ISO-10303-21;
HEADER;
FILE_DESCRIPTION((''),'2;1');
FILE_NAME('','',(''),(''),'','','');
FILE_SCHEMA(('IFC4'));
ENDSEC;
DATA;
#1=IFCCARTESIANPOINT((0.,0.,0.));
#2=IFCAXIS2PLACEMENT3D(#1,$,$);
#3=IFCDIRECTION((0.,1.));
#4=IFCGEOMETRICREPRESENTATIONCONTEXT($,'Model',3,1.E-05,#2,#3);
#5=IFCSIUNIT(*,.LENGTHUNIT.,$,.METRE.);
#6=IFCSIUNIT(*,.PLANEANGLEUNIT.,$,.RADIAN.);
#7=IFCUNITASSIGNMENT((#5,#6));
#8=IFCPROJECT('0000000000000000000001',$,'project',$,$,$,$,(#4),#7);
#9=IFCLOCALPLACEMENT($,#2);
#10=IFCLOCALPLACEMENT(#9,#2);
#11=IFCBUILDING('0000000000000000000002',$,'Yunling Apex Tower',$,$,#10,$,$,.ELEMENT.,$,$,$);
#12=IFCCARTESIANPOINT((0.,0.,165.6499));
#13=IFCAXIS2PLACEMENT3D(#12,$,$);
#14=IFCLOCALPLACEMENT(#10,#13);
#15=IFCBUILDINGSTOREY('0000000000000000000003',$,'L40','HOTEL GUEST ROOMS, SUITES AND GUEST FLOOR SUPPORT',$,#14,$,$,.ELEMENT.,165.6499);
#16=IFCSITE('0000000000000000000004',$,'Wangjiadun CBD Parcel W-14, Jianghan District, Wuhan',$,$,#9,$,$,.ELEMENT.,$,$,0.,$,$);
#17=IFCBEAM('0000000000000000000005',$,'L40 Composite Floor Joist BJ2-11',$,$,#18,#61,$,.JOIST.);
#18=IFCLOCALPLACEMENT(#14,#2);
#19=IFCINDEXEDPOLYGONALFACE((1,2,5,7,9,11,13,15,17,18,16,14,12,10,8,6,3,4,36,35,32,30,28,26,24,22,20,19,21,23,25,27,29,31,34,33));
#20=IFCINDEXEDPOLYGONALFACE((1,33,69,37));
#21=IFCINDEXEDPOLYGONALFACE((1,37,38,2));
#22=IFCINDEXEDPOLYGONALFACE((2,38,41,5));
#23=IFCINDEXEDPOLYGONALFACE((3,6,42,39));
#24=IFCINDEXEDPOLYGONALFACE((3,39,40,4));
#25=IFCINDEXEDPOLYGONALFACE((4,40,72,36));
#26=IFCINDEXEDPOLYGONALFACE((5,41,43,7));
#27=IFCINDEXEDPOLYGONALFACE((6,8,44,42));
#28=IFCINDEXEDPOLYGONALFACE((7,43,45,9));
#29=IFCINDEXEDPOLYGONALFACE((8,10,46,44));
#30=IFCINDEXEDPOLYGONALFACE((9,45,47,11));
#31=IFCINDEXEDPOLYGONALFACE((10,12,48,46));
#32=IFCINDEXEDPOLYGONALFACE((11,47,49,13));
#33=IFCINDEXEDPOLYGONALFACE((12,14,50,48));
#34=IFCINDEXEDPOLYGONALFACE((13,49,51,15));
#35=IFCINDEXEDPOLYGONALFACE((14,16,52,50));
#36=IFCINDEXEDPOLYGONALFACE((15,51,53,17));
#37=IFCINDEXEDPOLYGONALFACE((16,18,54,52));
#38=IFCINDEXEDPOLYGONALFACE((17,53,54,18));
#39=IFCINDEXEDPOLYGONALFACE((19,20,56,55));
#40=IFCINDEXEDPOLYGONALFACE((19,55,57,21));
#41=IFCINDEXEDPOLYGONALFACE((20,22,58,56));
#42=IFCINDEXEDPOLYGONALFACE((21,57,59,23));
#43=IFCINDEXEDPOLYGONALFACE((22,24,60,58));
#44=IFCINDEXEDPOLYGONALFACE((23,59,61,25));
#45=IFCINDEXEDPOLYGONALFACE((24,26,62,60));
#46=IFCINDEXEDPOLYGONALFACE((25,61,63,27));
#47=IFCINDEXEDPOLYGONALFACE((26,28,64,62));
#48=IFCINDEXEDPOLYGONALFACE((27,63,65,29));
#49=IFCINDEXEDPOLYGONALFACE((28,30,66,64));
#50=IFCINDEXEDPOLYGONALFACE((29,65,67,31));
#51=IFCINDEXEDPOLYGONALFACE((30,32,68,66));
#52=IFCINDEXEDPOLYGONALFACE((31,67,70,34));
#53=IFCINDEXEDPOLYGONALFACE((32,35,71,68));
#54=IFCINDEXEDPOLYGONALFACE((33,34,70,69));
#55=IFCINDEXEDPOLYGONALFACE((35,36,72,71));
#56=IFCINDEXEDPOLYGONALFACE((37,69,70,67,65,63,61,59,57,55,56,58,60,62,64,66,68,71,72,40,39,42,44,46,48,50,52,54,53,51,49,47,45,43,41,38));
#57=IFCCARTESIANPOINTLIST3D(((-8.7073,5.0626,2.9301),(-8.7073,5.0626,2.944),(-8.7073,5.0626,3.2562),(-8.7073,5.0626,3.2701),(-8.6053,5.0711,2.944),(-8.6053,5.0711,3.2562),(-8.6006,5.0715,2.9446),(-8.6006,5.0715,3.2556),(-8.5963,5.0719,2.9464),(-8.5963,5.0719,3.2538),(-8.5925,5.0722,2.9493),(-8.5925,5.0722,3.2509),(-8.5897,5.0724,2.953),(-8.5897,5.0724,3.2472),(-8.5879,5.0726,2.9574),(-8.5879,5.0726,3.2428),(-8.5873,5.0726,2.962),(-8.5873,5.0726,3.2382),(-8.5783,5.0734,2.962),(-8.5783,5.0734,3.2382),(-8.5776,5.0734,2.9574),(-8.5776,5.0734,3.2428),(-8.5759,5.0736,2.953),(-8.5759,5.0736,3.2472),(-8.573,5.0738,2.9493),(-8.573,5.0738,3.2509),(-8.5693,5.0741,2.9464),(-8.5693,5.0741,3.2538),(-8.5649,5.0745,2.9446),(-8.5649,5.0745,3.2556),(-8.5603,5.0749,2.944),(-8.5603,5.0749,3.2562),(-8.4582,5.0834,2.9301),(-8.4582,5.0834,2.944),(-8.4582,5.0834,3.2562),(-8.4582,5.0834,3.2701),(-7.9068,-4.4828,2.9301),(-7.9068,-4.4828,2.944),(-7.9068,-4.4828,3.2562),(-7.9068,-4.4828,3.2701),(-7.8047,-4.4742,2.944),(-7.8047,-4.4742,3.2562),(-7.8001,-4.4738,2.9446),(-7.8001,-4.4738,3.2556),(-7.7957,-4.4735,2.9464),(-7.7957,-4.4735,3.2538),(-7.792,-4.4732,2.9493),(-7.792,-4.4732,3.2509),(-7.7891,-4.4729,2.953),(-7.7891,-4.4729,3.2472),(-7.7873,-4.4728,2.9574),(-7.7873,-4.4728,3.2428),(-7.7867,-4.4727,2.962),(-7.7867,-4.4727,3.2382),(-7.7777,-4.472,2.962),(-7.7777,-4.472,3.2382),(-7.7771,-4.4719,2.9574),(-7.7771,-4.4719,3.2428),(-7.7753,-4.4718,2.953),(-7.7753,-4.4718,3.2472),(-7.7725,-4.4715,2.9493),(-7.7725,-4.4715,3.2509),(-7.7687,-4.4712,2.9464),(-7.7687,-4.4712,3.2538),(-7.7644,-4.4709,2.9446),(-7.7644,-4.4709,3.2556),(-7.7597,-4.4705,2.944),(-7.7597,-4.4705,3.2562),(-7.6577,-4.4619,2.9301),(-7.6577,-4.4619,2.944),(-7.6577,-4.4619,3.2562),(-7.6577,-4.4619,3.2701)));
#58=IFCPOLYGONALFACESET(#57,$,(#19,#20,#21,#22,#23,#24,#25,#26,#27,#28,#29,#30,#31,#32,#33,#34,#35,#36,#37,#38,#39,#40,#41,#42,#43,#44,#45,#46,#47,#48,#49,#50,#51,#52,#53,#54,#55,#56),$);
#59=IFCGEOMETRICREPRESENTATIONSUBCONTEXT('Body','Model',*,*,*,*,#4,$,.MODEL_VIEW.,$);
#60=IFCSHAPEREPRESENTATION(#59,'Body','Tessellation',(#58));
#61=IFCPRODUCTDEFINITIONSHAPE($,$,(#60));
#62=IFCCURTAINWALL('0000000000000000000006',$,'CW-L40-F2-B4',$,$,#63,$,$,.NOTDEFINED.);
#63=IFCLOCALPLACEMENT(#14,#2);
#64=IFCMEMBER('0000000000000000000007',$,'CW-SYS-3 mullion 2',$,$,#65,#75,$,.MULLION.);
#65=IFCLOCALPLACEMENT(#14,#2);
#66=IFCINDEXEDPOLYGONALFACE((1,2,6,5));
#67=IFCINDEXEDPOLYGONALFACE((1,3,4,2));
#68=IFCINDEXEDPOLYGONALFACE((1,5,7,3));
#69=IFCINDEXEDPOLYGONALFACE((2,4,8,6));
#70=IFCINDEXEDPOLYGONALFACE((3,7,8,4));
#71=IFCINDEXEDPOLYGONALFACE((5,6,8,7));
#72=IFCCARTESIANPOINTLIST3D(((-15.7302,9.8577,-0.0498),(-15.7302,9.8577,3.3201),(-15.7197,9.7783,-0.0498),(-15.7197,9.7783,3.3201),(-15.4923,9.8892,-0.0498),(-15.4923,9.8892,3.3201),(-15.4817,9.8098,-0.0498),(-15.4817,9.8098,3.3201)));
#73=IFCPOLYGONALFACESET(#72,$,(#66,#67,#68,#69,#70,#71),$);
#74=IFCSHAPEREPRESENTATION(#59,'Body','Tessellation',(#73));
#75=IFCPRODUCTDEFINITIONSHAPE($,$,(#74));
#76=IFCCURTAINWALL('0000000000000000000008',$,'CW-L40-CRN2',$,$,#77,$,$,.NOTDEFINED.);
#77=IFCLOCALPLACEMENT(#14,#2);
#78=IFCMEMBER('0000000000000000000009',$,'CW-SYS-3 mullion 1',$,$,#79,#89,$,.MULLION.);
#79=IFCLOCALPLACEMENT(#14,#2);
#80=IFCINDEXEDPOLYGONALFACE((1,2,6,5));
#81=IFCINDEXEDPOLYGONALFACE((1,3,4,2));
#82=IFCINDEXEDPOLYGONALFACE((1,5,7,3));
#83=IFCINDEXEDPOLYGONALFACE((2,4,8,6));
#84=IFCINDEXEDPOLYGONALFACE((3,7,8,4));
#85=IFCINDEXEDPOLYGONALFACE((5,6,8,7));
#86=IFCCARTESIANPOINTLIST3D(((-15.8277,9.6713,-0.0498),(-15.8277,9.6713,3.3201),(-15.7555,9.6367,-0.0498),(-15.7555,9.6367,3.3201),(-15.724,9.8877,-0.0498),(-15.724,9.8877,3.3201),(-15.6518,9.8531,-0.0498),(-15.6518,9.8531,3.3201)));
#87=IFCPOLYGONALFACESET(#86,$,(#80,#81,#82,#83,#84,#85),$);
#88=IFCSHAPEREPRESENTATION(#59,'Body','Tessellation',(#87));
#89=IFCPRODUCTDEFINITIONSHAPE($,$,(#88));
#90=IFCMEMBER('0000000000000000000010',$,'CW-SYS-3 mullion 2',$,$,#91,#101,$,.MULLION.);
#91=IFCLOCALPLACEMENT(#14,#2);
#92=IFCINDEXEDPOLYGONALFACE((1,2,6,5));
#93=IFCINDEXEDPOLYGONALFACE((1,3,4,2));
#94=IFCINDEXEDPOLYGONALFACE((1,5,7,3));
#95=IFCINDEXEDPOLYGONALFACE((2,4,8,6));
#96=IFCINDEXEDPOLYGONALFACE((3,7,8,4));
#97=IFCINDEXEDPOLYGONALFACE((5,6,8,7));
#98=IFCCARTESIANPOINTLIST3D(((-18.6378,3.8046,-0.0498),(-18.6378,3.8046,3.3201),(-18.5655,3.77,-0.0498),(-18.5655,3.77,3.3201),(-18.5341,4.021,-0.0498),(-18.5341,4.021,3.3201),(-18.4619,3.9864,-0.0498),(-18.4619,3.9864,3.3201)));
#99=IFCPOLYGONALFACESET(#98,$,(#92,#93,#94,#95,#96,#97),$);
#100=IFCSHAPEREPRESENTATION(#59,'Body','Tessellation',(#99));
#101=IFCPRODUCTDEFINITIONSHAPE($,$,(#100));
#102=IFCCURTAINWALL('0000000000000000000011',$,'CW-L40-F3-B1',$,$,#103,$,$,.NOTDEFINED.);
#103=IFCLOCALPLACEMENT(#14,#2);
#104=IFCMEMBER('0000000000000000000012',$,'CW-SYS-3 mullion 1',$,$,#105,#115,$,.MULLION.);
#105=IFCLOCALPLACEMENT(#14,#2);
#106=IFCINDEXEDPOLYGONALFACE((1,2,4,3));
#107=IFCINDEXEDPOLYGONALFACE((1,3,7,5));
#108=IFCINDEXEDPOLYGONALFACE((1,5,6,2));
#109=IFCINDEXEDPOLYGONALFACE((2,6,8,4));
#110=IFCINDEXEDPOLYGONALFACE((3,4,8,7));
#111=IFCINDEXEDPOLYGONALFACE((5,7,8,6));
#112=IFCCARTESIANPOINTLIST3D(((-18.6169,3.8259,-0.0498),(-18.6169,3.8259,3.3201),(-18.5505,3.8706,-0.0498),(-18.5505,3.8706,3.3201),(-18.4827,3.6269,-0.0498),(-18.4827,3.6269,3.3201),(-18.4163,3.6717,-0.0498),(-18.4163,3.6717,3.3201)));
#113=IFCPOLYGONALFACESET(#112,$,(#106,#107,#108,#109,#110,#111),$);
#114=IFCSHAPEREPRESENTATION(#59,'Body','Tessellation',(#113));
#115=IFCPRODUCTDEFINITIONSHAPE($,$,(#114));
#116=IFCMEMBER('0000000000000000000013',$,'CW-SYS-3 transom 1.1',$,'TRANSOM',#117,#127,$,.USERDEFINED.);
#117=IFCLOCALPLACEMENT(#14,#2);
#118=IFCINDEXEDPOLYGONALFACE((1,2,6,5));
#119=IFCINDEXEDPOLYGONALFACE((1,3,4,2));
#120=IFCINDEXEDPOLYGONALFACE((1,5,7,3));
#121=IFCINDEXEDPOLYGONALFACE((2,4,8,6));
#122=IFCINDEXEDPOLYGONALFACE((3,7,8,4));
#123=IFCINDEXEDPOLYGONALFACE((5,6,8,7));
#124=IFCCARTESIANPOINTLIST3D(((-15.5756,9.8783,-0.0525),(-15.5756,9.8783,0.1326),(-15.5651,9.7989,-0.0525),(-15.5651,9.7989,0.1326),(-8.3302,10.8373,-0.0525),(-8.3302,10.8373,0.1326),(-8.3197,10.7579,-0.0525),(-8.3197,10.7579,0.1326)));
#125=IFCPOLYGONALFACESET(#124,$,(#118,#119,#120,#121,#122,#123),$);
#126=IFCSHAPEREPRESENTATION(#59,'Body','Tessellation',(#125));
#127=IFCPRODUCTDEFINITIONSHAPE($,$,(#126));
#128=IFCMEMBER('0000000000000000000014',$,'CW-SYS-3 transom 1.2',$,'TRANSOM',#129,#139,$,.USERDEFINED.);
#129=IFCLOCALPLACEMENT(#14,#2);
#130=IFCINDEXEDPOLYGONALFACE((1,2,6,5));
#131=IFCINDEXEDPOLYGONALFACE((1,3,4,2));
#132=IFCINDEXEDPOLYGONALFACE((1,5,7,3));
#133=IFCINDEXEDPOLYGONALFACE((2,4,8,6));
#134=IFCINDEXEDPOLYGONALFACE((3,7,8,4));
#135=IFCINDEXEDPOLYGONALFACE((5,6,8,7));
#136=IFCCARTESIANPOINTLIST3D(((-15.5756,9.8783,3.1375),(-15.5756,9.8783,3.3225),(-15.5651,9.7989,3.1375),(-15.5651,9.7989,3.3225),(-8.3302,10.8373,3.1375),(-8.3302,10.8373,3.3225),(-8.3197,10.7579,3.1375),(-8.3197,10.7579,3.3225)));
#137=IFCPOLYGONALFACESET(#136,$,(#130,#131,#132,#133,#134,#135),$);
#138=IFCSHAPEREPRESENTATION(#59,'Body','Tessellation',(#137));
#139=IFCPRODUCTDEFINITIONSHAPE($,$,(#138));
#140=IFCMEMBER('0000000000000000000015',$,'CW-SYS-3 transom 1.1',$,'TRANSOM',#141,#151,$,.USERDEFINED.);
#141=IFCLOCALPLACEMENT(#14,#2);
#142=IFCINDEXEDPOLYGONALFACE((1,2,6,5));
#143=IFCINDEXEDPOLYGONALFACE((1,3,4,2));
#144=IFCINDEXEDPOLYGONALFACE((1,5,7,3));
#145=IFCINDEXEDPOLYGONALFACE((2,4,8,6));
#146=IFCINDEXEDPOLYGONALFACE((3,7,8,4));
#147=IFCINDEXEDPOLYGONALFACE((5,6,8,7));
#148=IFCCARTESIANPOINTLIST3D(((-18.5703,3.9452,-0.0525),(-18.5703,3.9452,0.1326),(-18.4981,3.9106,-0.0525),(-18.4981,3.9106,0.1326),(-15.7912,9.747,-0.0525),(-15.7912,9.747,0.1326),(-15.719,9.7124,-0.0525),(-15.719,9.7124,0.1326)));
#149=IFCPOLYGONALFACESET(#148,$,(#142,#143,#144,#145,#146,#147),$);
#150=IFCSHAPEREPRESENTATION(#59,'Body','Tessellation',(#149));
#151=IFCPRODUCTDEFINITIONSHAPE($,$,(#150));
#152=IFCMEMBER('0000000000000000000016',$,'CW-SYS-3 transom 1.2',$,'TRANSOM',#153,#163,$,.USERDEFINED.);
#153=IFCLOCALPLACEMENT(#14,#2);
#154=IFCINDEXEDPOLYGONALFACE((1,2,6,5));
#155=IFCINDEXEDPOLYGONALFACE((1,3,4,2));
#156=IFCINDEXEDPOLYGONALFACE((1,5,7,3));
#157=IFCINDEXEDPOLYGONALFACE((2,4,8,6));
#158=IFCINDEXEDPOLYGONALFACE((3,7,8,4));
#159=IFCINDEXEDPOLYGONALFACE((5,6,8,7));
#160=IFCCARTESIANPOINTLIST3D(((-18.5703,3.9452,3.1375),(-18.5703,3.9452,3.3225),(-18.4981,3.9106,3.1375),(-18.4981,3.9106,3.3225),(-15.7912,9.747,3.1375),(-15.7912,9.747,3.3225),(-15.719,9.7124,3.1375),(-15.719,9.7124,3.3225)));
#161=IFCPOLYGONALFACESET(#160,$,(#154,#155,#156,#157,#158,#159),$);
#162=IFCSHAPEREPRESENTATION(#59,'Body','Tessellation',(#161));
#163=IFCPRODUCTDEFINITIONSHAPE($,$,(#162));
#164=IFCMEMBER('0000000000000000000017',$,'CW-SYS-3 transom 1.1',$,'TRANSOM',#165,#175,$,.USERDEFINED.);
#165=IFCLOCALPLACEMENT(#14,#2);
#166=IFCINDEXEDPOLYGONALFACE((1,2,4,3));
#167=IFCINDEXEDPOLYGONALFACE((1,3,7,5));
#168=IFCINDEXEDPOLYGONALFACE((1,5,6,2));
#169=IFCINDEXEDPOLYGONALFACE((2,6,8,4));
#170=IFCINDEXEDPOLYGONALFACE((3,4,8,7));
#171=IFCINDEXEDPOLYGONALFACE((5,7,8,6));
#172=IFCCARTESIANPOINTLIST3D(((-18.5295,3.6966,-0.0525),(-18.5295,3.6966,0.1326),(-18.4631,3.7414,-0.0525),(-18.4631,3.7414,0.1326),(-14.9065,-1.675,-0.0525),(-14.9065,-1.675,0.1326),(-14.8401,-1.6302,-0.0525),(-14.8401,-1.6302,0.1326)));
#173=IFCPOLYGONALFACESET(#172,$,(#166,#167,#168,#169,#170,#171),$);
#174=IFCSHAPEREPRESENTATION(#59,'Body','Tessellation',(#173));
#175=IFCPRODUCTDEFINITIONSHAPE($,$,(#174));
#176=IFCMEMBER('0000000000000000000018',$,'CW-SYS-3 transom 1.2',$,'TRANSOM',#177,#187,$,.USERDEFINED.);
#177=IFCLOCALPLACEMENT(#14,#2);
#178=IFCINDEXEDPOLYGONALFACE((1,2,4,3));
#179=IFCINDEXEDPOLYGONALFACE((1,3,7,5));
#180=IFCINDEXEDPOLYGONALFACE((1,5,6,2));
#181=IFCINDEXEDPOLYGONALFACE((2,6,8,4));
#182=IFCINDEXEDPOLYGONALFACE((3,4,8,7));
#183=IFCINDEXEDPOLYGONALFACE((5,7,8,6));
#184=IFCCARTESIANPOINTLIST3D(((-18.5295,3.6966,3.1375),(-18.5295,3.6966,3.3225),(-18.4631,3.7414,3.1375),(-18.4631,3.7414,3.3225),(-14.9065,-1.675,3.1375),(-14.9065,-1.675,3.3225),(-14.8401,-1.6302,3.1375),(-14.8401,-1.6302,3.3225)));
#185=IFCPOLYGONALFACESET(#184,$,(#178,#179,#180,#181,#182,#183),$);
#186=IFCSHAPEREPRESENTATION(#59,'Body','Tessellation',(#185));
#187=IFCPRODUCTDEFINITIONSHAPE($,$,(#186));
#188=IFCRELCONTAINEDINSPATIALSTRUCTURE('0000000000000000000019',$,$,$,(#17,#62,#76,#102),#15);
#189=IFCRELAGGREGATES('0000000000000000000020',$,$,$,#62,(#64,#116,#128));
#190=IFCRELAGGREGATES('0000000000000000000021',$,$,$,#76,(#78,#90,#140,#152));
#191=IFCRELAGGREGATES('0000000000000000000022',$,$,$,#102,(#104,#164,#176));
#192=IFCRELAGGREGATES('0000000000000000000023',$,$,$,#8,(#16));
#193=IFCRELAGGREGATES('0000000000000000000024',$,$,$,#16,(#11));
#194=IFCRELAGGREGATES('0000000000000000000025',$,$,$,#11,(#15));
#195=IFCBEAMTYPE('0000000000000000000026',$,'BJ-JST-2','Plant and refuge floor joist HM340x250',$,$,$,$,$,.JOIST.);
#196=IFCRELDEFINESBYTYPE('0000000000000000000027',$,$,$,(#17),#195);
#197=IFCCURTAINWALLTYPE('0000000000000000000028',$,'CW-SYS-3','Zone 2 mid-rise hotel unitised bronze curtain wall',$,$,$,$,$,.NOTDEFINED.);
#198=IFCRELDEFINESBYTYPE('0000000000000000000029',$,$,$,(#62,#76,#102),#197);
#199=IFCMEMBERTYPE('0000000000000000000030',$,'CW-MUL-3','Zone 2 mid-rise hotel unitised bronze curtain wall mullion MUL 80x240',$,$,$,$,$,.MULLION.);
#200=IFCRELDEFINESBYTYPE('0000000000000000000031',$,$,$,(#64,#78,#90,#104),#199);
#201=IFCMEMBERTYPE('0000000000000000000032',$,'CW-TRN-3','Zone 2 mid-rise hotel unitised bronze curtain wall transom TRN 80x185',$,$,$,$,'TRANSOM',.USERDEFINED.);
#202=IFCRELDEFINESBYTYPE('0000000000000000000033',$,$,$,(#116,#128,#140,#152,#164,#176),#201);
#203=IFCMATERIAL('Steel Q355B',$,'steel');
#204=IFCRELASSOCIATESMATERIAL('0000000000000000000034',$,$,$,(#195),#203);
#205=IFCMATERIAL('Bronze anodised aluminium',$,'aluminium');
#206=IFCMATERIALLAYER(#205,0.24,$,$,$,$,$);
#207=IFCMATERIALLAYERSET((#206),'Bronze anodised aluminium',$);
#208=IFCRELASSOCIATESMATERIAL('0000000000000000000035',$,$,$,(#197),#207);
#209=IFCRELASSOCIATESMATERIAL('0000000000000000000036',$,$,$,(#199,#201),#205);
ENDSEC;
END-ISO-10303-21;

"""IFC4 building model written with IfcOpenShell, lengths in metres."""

from ifc_helpers import new_model, si_unit, direction, frame, origin, origin_2d, place, context, subcontext, project, spatial, rectangle, i_section, extrude, source, transform, mapped, material, layer, layer_set, material_profile, profile_set, type_object, element, aggregate, save


model = new_model("IFC4")

# Units and contexts
model_context = context("Model", 3, precision=1e-05, world=origin(), true_north=direction((0.0, 1.0)))
body_context = subcontext(model_context, "Body", "Model", "MODEL_VIEW")
ifc_project = project(units=[si_unit("LENGTHUNIT", "METRE"), si_unit("PLANEANGLEUNIT", "RADIAN")], contexts=[model_context])

# Site, building, storey
site_placement = place(None, origin())
site = spatial("IfcSite", under=ifc_project, at=site_placement, Name="Wangjiadun CBD Parcel W-14, Jianghan District, Wuhan", CompositionType="ELEMENT", RefElevation=0.0)
building_placement = place(site_placement, origin())
building = spatial("IfcBuilding", under=site, at=building_placement, Name="Yunling Apex Tower", CompositionType="ELEMENT")
storey_placement = place(building_placement, frame((0.0, 0.0, 165.6499)))
storey = spatial("IfcBuildingStorey", under=building, at=storey_placement, Name="L40", Description="HOTEL GUEST ROOMS, SUITES AND GUEST FLOOR SUPPORT", CompositionType="ELEMENT", Elevation=165.6499)

# Beam
ifc_material_1 = material(Name="Steel Q355B", Category="steel")
ifc_material_profile_1 = material_profile(ifc_material_1, i_section(OverallWidth=0.25, OverallDepth=0.3401, WebThickness=0.009, FlangeThickness=0.0139, FilletRadius=0.0181, at=origin_2d()))
ifc_profile_set_1 = profile_set([ifc_material_profile_1], Name="Steel Q355B")
beam_type_1 = type_object("IfcBeamType", Name="BJ-JST-2", Description="Plant and refuge floor joist HM340x250", PredefinedType="JOIST", material=ifc_profile_set_1)
shared_shape_1 = source(origin(), body_context, "Body", "SweptSolid", [
    extrude(i_section(OverallWidth=0.25, OverallDepth=0.3401, WebThickness=0.009, FlangeThickness=0.0139, FilletRadius=0.0181, at=origin_2d()), origin(), (0.0, 0.0, 1.0), 9.5789),
])
beam_1_placement = place(storey_placement, frame((-8.5828, 5.073, 3.1001), z_axis=(0.083573, -0.996502, 0.0), x_axis=(0.996502, 0.083573, 0.0)))
element("IfcBeam", 1, at=beam_1_placement, inside=storey, type_object=beam_type_1, Name="L40 Composite Floor Joist BJ2-11", PredefinedType="JOIST", context=body_context, shape_type="MappedRepresentation", body=[
    mapped(shared_shape_1, transform((0.0, 0.0, 0.0), scale=1.0)),
])

# Curtain wall, member
ifc_material_2 = material(Name="Bronze anodised aluminium", Category="aluminium")
ifc_layer_1 = layer(ifc_material_2, 0.24)
ifc_layer_set_1 = layer_set([ifc_layer_1], Name="Bronze anodised aluminium")
curtain_wall_type = type_object("IfcCurtainWallType", Name="CW-SYS-3", Description="Zone 2 mid-rise hotel unitised bronze curtain wall", PredefinedType="NOTDEFINED", material=ifc_layer_set_1)
curtain_wall_1_placement = place(storey_placement, origin())
curtain_wall_1 = element("IfcCurtainWall", 2, at=curtain_wall_1_placement, inside=storey, type_object=curtain_wall_type, Name="CW-L40-F2-B4", PredefinedType="NOTDEFINED")
ifc_material_profile_2 = material_profile(ifc_material_2, rectangle(XDim=0.0801, YDim=0.24, at=origin_2d()))
ifc_profile_set_2 = profile_set([ifc_material_profile_2], Name="Bronze anodised aluminium")
member_type_1 = type_object("IfcMemberType", Name="CW-MUL-3", Description="Zone 2 mid-rise hotel unitised bronze curtain wall mullion MUL 80x240", PredefinedType="MULLION", material=ifc_profile_set_2)
shared_shape_2 = source(origin(), body_context, "Body", "SweptSolid", [
    extrude(rectangle(XDim=0.0801, YDim=0.24, at=origin_2d()), origin(), (0.0, 0.0, 1.0), 3.3699),
])
member_1_placement = place(storey_placement, frame((-15.606, 9.8337, -0.0498), z_axis=(0.0, 0.0, 1.0), x_axis=(0.131222, -0.991353, 0.0)))
member_1 = element("IfcMember", 3, at=member_1_placement, type_object=member_type_1, Name="CW-SYS-3 mullion 2", PredefinedType="MULLION", context=body_context, shape_type="MappedRepresentation", body=[
    mapped(shared_shape_2, transform((0.0, 0.0, 0.0), scale=1.0)),
])

# Curtain wall, members
curtain_wall_2_placement = place(storey_placement, origin())
curtain_wall_2 = element("IfcCurtainWall", 4, at=curtain_wall_2_placement, inside=storey, type_object=curtain_wall_type, Name="CW-L40-CRN2", PredefinedType="NOTDEFINED")
member_2_placement = place(storey_placement, frame((-15.7397, 9.7622, -0.0498), z_axis=(0.0, 0.0, 1.0), x_axis=(0.901877, -0.431994, 0.0)))
member_2 = element("IfcMember", 5, at=member_2_placement, type_object=member_type_1, Name="CW-SYS-3 mullion 1", PredefinedType="MULLION", context=body_context, shape_type="MappedRepresentation", body=[
    mapped(shared_shape_2, transform((0.0, 0.0, 0.0), scale=1.0)),
])
member_3_placement = place(storey_placement, frame((-18.5498, 3.8955, -0.0498), z_axis=(0.0, 0.0, 1.0), x_axis=(0.901877, -0.431994, 0.0)))
member_3 = element("IfcMember", 6, at=member_3_placement, type_object=member_type_1, Name="CW-SYS-3 mullion 2", PredefinedType="MULLION", context=body_context, shape_type="MappedRepresentation", body=[
    mapped(shared_shape_2, transform((0.0, 0.0, 0.0), scale=1.0)),
])

# Curtain wall, member
curtain_wall_3_placement = place(storey_placement, origin())
curtain_wall_3 = element("IfcCurtainWall", 7, at=curtain_wall_3_placement, inside=storey, type_object=curtain_wall_type, Name="CW-L40-F3-B1", PredefinedType="NOTDEFINED")
member_4_placement = place(storey_placement, frame((-18.5166, 3.7488, -0.0498), z_axis=(0.0, 0.0, 1.0), x_axis=(0.829045, 0.559181, 0.0)))
member_4 = element("IfcMember", 8, at=member_4_placement, type_object=member_type_1, Name="CW-SYS-3 mullion 1", PredefinedType="MULLION", context=body_context, shape_type="MappedRepresentation", body=[
    mapped(shared_shape_2, transform((0.0, 0.0, 0.0), scale=1.0)),
])

# Members
ifc_material_profile_3 = material_profile(ifc_material_2, rectangle(XDim=0.0801, YDim=0.1851, at=origin_2d()))
ifc_profile_set_3 = profile_set([ifc_material_profile_3], Name="Bronze anodised aluminium")
member_type_2 = type_object("IfcMemberType", Name="CW-TRN-3", Description="Zone 2 mid-rise hotel unitised bronze curtain wall transom TRN 80x185", ElementType="TRANSOM", PredefinedType="USERDEFINED", material=ifc_profile_set_3)
shared_shape_3 = source(origin(), body_context, "Body", "SweptSolid", [
    extrude(rectangle(XDim=0.0801, YDim=0.1851, at=origin_2d()), origin(), (0.0, 0.0, 1.0), 7.3086),
])
member_5_placement = place(storey_placement, frame((-8.325, 10.7976, 0.04), z_axis=(-0.991354, -0.131214, 0.0), x_axis=(0.131214, -0.991354, 0.0)))
member_5 = element("IfcMember", 9, at=member_5_placement, type_object=member_type_2, Name="CW-SYS-3 transom 1.1", ObjectType="TRANSOM", PredefinedType="USERDEFINED", context=body_context, shape_type="MappedRepresentation", body=[
    mapped(shared_shape_3, transform((0.0, 0.0, 0.0), scale=1.0)),
])
member_6_placement = place(storey_placement, frame((-8.325, 10.7976, 3.23), z_axis=(-0.991354, -0.131214, 0.0), x_axis=(0.131214, -0.991354, 0.0)))
member_6 = element("IfcMember", 10, at=member_6_placement, type_object=member_type_2, Name="CW-SYS-3 transom 1.2", ObjectType="TRANSOM", PredefinedType="USERDEFINED", context=body_context, shape_type="MappedRepresentation", body=[
    mapped(shared_shape_3, transform((0.0, 0.0, 0.0), scale=1.0)),
])
shared_shape_4 = source(origin(), body_context, "Body", "SweptSolid", [
    extrude(rectangle(XDim=0.0801, YDim=0.1851, at=origin_2d()), origin(), (0.0, 0.0, 1.0), 6.4331),
])
member_7_placement = place(storey_placement, frame((-15.7551, 9.7297, 0.04), z_axis=(-0.431999, -0.901874, 0.0), x_axis=(0.901874, -0.431999, 0.0)))
member_7 = element("IfcMember", 11, at=member_7_placement, type_object=member_type_2, Name="CW-SYS-3 transom 1.1", ObjectType="TRANSOM", PredefinedType="USERDEFINED", context=body_context, shape_type="MappedRepresentation", body=[
    mapped(shared_shape_4, transform((0.0, 0.0, 0.0), scale=1.0)),
])
member_8_placement = place(storey_placement, frame((-15.7551, 9.7297, 3.23), z_axis=(-0.431999, -0.901874, 0.0), x_axis=(0.901874, -0.431999, 0.0)))
member_8 = element("IfcMember", 12, at=member_8_placement, type_object=member_type_2, Name="CW-SYS-3 transom 1.2", ObjectType="TRANSOM", PredefinedType="USERDEFINED", context=body_context, shape_type="MappedRepresentation", body=[
    mapped(shared_shape_4, transform((0.0, 0.0, 0.0), scale=1.0)),
])
shared_shape_5 = source(origin(), body_context, "Body", "SweptSolid", [
    extrude(rectangle(XDim=0.0801, YDim=0.1851, at=origin_2d()), origin(), (0.0, 0.0, 1.0), 6.4792),
])
member_9_placement = place(storey_placement, frame((-18.4963, 3.719, 0.04), z_axis=(0.559179, -0.829047, 0.0), x_axis=(0.829047, 0.559179, 0.0)))
member_9 = element("IfcMember", 13, at=member_9_placement, type_object=member_type_2, Name="CW-SYS-3 transom 1.1", ObjectType="TRANSOM", PredefinedType="USERDEFINED", context=body_context, shape_type="MappedRepresentation", body=[
    mapped(shared_shape_5, transform((0.0, 0.0, 0.0), scale=1.0)),
])
member_10_placement = place(storey_placement, frame((-18.4963, 3.719, 3.23), z_axis=(0.559179, -0.829047, 0.0), x_axis=(0.829047, 0.559179, 0.0)))
member_10 = element("IfcMember", 14, at=member_10_placement, type_object=member_type_2, Name="CW-SYS-3 transom 1.2", ObjectType="TRANSOM", PredefinedType="USERDEFINED", context=body_context, shape_type="MappedRepresentation", body=[
    mapped(shared_shape_5, transform((0.0, 0.0, 0.0), scale=1.0)),
])

aggregate(curtain_wall_1, [member_1, member_5, member_6])
aggregate(curtain_wall_2, [member_2, member_3, member_7, member_8])
aggregate(curtain_wall_3, [member_4, member_9, member_10])

save(model, "model.ifc")
